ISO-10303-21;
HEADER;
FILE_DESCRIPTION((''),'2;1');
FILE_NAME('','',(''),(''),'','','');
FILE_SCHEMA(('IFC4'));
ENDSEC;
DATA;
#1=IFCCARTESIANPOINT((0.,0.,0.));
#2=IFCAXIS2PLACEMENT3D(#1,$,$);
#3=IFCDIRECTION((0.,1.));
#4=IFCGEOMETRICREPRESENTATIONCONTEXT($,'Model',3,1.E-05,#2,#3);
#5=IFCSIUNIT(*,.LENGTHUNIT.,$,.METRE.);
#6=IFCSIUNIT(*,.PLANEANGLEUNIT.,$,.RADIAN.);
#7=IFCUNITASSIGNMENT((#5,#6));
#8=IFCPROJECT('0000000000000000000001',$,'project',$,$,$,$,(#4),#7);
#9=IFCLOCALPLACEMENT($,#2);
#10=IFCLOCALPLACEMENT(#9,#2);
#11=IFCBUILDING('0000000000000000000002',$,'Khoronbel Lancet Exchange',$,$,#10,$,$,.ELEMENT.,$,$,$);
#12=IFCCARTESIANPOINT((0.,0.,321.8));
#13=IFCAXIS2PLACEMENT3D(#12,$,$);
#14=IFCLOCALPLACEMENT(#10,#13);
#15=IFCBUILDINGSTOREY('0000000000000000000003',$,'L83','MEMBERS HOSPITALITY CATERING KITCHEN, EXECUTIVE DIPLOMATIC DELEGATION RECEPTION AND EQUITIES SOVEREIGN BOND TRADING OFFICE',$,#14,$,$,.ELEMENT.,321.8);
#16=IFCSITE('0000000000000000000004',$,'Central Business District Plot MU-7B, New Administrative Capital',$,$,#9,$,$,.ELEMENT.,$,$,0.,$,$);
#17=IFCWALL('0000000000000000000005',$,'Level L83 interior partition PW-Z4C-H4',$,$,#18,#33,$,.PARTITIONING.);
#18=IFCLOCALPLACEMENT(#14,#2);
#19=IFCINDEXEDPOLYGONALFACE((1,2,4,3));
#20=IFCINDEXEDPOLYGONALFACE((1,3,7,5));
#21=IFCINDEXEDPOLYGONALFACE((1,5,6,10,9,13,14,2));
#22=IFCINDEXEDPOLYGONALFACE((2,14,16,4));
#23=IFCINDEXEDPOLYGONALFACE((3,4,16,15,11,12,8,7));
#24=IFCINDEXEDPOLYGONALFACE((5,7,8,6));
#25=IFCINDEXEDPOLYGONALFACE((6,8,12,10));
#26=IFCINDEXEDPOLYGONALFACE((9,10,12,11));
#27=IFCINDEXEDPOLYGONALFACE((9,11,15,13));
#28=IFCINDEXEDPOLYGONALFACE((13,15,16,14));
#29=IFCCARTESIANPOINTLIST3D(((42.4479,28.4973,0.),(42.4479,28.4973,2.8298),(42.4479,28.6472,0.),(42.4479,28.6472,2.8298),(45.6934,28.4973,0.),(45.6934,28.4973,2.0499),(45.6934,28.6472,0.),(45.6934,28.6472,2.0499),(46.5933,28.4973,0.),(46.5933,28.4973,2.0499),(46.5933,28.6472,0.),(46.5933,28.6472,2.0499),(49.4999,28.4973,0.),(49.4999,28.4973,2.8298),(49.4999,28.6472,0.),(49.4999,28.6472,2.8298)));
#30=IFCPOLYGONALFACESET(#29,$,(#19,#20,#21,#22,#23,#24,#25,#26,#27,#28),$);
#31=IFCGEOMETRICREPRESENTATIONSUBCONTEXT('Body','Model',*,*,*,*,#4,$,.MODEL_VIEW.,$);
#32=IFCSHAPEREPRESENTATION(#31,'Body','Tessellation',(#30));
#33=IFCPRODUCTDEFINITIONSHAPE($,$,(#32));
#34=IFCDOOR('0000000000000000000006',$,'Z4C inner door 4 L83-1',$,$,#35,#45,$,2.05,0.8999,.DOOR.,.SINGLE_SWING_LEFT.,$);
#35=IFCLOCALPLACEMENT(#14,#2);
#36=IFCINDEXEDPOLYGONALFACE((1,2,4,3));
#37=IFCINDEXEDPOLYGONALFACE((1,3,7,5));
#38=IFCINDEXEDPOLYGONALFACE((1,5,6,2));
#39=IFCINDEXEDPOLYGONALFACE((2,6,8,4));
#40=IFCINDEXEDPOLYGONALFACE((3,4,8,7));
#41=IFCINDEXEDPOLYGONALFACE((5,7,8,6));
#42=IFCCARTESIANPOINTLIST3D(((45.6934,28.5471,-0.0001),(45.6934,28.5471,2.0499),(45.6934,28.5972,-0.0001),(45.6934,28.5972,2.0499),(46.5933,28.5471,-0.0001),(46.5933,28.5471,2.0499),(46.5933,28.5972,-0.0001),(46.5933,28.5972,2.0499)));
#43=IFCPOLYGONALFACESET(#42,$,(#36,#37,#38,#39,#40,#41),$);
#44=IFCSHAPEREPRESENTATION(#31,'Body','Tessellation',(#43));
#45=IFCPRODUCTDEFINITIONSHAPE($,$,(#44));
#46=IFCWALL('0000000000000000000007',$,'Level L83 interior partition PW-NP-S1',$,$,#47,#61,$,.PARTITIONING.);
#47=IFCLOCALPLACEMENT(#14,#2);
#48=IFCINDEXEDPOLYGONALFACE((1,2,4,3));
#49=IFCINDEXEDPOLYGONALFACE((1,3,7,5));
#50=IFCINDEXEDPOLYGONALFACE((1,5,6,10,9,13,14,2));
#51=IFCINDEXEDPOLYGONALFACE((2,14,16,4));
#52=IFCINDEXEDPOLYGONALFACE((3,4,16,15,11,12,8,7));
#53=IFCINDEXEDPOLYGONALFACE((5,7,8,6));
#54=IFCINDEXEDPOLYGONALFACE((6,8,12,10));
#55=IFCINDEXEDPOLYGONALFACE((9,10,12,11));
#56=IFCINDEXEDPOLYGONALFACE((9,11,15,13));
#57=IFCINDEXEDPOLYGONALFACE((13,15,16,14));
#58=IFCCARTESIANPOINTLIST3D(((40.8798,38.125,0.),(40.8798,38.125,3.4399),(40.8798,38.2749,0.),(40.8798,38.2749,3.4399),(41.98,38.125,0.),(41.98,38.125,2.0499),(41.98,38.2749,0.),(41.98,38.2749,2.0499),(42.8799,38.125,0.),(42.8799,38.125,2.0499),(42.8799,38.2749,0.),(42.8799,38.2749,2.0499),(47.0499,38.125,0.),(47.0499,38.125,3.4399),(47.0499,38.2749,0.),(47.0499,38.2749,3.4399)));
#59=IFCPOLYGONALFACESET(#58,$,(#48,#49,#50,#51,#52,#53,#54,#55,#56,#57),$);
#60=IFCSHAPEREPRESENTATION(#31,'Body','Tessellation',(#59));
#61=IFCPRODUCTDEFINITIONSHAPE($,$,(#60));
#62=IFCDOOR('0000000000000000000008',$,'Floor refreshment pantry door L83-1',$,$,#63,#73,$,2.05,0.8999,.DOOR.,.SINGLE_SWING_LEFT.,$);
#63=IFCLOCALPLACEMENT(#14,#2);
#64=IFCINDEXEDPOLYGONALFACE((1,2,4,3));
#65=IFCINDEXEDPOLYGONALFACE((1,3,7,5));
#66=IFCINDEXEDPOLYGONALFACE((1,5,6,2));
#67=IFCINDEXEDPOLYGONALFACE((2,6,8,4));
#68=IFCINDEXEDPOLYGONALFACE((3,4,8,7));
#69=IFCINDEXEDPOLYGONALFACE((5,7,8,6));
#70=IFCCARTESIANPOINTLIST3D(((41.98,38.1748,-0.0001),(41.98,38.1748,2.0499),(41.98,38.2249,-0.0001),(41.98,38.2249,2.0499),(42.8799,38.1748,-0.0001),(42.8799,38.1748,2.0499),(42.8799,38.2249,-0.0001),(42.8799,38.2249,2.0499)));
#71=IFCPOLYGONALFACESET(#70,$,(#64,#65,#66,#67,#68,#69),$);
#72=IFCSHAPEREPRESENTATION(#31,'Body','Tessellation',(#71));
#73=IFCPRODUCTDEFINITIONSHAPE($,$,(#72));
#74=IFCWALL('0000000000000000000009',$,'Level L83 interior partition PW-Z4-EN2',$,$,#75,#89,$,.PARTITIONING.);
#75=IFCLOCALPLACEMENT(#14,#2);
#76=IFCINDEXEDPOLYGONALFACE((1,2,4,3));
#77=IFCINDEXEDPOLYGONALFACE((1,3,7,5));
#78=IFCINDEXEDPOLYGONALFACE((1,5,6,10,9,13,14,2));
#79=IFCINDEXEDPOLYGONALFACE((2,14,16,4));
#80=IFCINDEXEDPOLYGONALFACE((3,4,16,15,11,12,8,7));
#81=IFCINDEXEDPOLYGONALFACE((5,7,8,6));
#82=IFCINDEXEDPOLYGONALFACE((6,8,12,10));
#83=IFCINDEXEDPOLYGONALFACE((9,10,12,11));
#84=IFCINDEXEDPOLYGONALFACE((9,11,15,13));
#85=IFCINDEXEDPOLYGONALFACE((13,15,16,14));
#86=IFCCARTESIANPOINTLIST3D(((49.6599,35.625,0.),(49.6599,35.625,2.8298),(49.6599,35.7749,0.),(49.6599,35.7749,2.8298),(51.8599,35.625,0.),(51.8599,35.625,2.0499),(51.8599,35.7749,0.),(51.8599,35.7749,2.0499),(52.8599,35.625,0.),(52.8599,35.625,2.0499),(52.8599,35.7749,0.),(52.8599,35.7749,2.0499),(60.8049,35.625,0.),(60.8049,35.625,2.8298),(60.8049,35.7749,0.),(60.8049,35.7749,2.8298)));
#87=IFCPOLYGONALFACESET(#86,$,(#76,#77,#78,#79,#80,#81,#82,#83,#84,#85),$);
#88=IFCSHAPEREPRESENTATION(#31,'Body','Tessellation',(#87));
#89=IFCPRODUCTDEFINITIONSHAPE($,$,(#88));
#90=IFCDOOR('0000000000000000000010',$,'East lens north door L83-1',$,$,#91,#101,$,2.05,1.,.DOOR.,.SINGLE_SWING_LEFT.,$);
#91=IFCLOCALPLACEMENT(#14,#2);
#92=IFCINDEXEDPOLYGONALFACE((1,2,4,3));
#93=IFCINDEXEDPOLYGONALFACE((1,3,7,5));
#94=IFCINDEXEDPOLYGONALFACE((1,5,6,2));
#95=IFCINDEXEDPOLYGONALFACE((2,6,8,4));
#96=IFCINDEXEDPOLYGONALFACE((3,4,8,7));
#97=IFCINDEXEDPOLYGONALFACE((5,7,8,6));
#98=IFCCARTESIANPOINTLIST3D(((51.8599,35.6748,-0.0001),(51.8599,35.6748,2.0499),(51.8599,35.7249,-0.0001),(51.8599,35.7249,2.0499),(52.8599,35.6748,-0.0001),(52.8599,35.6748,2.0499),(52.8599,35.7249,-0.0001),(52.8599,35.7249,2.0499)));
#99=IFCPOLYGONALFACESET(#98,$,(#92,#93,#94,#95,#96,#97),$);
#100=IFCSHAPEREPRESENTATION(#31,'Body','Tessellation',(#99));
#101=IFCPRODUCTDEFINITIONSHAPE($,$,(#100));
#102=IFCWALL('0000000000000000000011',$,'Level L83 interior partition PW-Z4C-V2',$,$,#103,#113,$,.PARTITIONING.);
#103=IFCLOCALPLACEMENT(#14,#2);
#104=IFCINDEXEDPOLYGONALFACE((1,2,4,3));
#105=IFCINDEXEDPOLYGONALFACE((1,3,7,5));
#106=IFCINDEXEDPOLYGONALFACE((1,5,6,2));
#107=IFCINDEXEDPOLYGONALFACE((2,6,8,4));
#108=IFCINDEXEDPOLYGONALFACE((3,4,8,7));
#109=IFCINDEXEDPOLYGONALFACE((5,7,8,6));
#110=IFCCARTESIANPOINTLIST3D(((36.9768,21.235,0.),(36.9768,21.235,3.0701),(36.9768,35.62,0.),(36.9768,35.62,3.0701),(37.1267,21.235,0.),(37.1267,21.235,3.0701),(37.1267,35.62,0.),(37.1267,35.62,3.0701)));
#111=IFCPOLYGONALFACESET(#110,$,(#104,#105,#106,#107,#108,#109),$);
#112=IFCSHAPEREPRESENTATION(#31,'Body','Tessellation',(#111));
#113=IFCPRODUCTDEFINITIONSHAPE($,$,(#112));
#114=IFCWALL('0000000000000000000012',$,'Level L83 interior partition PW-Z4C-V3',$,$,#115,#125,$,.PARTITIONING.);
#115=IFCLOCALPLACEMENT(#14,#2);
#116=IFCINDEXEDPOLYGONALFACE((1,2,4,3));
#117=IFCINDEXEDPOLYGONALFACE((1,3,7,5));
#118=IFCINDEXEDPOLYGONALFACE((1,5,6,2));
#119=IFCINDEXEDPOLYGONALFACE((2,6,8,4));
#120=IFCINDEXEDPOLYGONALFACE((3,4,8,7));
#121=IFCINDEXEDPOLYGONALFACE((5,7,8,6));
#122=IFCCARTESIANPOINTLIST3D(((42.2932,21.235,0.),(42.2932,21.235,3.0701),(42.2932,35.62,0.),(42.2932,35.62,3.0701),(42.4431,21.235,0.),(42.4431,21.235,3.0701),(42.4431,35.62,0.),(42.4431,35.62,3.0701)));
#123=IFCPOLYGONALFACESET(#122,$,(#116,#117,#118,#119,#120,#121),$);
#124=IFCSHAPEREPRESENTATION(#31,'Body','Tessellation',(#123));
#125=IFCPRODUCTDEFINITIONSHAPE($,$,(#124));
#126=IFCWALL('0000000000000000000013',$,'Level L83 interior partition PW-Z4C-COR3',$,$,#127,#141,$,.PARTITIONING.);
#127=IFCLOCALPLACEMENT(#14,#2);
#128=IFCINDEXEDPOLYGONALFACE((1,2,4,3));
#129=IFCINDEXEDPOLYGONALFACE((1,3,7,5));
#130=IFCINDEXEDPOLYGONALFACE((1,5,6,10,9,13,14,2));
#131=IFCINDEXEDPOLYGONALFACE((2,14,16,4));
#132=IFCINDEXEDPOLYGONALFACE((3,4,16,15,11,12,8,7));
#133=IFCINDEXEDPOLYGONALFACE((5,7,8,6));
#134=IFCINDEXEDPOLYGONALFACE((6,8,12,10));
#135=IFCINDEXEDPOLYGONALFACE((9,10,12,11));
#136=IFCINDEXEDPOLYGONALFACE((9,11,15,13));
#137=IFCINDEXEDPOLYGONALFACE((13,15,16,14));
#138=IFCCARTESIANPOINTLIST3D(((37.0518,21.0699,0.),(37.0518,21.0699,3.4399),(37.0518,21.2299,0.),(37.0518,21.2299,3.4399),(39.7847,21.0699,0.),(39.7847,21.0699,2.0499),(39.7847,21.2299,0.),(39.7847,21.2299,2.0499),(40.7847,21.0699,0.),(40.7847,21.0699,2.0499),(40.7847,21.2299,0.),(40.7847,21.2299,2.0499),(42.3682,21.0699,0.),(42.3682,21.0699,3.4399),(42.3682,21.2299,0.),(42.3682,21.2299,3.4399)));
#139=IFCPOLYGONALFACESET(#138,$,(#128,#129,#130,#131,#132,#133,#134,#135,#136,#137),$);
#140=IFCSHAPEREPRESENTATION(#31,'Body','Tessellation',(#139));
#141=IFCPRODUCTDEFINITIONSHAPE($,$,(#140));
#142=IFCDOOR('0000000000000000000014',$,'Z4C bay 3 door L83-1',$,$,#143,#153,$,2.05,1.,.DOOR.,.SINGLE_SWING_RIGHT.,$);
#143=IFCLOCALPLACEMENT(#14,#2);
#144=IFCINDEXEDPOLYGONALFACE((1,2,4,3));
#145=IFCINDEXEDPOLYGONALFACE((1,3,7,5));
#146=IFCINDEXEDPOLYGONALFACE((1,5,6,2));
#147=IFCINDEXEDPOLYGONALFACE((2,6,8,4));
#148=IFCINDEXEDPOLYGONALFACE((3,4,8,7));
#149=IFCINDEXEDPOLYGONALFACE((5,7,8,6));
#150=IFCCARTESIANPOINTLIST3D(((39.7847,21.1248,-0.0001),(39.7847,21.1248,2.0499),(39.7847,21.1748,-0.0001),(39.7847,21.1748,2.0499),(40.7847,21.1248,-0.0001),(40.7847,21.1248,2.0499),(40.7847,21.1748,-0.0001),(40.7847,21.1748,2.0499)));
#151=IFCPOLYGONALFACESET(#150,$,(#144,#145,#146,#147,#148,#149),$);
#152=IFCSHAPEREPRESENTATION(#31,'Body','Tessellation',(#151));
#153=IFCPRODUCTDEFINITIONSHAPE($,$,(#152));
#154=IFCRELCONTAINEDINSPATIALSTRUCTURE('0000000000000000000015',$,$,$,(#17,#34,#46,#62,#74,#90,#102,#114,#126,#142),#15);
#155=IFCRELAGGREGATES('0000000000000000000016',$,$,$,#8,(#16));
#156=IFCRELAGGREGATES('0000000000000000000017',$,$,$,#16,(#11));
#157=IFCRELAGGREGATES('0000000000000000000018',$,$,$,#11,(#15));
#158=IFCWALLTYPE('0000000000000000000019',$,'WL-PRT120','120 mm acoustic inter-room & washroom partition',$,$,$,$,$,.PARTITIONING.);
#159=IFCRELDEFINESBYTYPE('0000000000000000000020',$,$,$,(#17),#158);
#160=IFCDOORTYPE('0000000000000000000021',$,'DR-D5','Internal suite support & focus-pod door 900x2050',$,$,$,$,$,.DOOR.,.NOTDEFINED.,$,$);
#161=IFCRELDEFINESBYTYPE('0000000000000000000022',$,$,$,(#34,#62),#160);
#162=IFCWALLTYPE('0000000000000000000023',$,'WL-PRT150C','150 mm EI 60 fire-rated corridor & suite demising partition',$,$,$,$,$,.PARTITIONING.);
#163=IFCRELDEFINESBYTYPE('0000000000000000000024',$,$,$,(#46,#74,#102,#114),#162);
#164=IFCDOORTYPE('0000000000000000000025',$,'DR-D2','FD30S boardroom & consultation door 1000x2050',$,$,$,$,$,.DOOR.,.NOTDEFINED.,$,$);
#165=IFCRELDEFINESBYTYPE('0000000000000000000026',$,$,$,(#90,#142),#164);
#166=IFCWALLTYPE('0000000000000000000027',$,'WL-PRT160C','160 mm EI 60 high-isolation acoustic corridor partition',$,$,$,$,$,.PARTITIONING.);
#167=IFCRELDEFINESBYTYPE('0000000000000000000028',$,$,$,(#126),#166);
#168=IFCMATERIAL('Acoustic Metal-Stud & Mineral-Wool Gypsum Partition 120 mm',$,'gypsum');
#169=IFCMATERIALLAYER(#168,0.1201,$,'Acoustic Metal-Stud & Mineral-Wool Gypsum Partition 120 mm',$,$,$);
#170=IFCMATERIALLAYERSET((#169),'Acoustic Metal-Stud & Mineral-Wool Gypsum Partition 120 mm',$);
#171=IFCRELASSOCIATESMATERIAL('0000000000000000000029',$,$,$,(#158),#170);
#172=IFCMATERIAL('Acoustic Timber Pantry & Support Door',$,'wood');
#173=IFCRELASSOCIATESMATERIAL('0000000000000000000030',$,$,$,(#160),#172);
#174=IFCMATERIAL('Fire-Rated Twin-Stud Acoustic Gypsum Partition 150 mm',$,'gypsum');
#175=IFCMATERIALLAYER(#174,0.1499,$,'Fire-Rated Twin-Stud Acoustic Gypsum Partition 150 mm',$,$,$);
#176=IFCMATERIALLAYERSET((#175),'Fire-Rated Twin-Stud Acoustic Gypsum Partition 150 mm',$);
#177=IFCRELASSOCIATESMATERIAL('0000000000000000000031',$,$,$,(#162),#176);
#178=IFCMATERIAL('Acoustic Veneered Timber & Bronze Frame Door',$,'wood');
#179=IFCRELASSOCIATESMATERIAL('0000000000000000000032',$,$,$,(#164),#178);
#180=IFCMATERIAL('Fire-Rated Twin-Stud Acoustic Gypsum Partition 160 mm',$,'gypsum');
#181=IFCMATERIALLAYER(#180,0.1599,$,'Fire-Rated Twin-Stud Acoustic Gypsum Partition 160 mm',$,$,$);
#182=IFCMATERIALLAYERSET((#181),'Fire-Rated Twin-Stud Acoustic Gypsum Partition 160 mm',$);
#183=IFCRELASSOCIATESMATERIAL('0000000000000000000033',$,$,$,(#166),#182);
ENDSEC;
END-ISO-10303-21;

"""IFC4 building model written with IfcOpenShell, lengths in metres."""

from ifc_helpers import new_model, si_unit, direction, frame, frame_2d, origin, place, context, subcontext, project, spatial, rectangle, extrude, material, layer, layer_set, type_object, element, fill, save


model = new_model("IFC4")

# Units and contexts
model_context = context("Model", 3, precision=1e-05, world=origin(), true_north=direction((0.0, 1.0)))
body_context = subcontext(model_context, "Body", "Model", "MODEL_VIEW")
ifc_project = project(units=[si_unit("LENGTHUNIT", "METRE"), si_unit("PLANEANGLEUNIT", "RADIAN")], contexts=[model_context])

# Site, building, storey
site_placement = place(None, origin())
site = spatial("IfcSite", under=ifc_project, at=site_placement, Name="Central Business District Plot MU-7B, New Administrative Capital", CompositionType="ELEMENT", RefElevation=0.0)
building_placement = place(site_placement, origin())
building = spatial("IfcBuilding", under=site, at=building_placement, Name="Khoronbel Lancet Exchange", CompositionType="ELEMENT")
storey_placement = place(building_placement, frame((0.0, 0.0, 321.8)))
storey = spatial("IfcBuildingStorey", under=building, at=storey_placement, Name="L83", Description="MEMBERS HOSPITALITY CATERING KITCHEN, EXECUTIVE DIPLOMATIC DELEGATION RECEPTION AND EQUITIES SOVEREIGN BOND TRADING OFFICE", CompositionType="ELEMENT", Elevation=321.8)

# Walls, openings, doors
ifc_material_1 = material(Name="Acoustic Metal-Stud & Mineral-Wool Gypsum Partition 120 mm", Category="gypsum")
ifc_layer_1 = layer(ifc_material_1, 0.1201, Name="Acoustic Metal-Stud & Mineral-Wool Gypsum Partition 120 mm")
ifc_layer_set_1 = layer_set([ifc_layer_1], Name="Acoustic Metal-Stud & Mineral-Wool Gypsum Partition 120 mm")
wall_type_1 = type_object("IfcWallType", Name="WL-PRT120", Description="120 mm acoustic inter-room & washroom partition", PredefinedType="PARTITIONING", material=ifc_layer_set_1)
ifc_material_2 = material(Name="Acoustic Timber Pantry & Support Door", Category="wood")
door_type_1 = type_object("IfcDoorType", Name="DR-D5", Description="Internal suite support & focus-pod door 900x2050", OperationType="NOTDEFINED", PredefinedType="DOOR", material=ifc_material_2)
wall_1_placement = place(storey_placement, frame((42.448, 28.5723, 0.0), z_axis=(0.0, 0.0, 1.0), x_axis=(1.0, 0.0, 0.0)))
wall_1 = element("IfcWall", 1, at=wall_1_placement, inside=storey, type_object=wall_type_1, Name="Level L83 interior partition PW-Z4C-H4", PredefinedType="PARTITIONING", context=body_context, shape_type="SweptSolid", body=[
    extrude(rectangle(XDim=7.052, YDim=0.1499, at=frame_2d((3.5259, 0.0))), origin(), (0.0, 0.0, 1.0), 2.8298),
])
opening_1_placement = place(wall_1_placement, frame((3.2454, 0.0, 0.0)))
opening_1 = element("IfcOpeningElement", 2, at=opening_1_placement, cuts=wall_1, PredefinedType="OPENING", context=body_context, shape_type="SweptSolid", body=[
    extrude(rectangle(XDim=0.8999, YDim=2.05, at=frame_2d((0.45, 1.0249))), frame((0.0, 0.085, 0.0), z_axis=(0.0, -1.0, 0.0), x_axis=(1.0, 0.0, 0.0)), (0.0, 0.0, 1.0), 0.1699),
])
door_1_placement = place(opening_1_placement, origin())
door_1 = element("IfcDoor", 3, at=door_1_placement, inside=storey, type_object=door_type_1, Name="Z4C inner door 4 L83-1", OperationType="SINGLE_SWING_LEFT", OverallHeight=2.05, OverallWidth=0.8999, PredefinedType="DOOR", context=body_context, shape_type="SweptSolid", body=[
    extrude(rectangle(XDim=0.8999, YDim=2.05, at=frame_2d((0.45, 1.0249))), frame((0.0, 0.0249, 0.0), z_axis=(0.0, -1.0, 0.0), x_axis=(1.0, 0.0, 0.0)), (0.0, 0.0, 1.0), 0.05),
])
fill(opening_1, door_1)
ifc_material_3 = material(Name="Fire-Rated Twin-Stud Acoustic Gypsum Partition 150 mm", Category="gypsum")
ifc_layer_2 = layer(ifc_material_3, 0.1499, Name="Fire-Rated Twin-Stud Acoustic Gypsum Partition 150 mm")
ifc_layer_set_2 = layer_set([ifc_layer_2], Name="Fire-Rated Twin-Stud Acoustic Gypsum Partition 150 mm")
wall_type_2 = type_object("IfcWallType", Name="WL-PRT150C", Description="150 mm EI 60 fire-rated corridor & suite demising partition", PredefinedType="PARTITIONING", material=ifc_layer_set_2)
wall_2_placement = place(storey_placement, frame((40.8799, 38.2, 0.0), z_axis=(0.0, 0.0, 1.0), x_axis=(1.0, 0.0, 0.0)))
wall_2 = element("IfcWall", 4, at=wall_2_placement, inside=storey, type_object=wall_type_2, Name="Level L83 interior partition PW-NP-S1", PredefinedType="PARTITIONING", context=body_context, shape_type="SweptSolid", body=[
    extrude(rectangle(XDim=6.1702, YDim=0.1499, at=frame_2d((3.085, 0.0))), origin(), (0.0, 0.0, 1.0), 3.4399),
])
opening_2_placement = place(wall_2_placement, frame((1.1001, 0.0, 0.0)))
opening_2 = element("IfcOpeningElement", 5, at=opening_2_placement, cuts=wall_2, PredefinedType="OPENING", context=body_context, shape_type="SweptSolid", body=[
    extrude(rectangle(XDim=0.8999, YDim=2.05, at=frame_2d((0.45, 1.0249))), frame((0.0, 0.085, 0.0), z_axis=(0.0, -1.0, 0.0), x_axis=(1.0, 0.0, 0.0)), (0.0, 0.0, 1.0), 0.1699),
])
door_2_placement = place(opening_2_placement, origin())
door_2 = element("IfcDoor", 6, at=door_2_placement, inside=storey, type_object=door_type_1, Name="Floor refreshment pantry door L83-1", OperationType="SINGLE_SWING_LEFT", OverallHeight=2.05, OverallWidth=0.8999, PredefinedType="DOOR", context=body_context, shape_type="SweptSolid", body=[
    extrude(rectangle(XDim=0.8999, YDim=2.05, at=frame_2d((0.45, 1.0249))), frame((0.0, 0.0249, 0.0), z_axis=(0.0, -1.0, 0.0), x_axis=(1.0, 0.0, 0.0)), (0.0, 0.0, 1.0), 0.05),
])
fill(opening_2, door_2)
wall_3_placement = place(storey_placement, frame((49.6599, 35.7, 0.0), z_axis=(0.0, 0.0, 1.0), x_axis=(1.0, 0.0, 0.0)))
wall_3 = element("IfcWall", 7, at=wall_3_placement, inside=storey, type_object=wall_type_2, Name="Level L83 interior partition PW-Z4-EN2", PredefinedType="PARTITIONING", context=body_context, shape_type="SweptSolid", body=[
    extrude(rectangle(XDim=11.145, YDim=0.1499, at=frame_2d((5.5725, 0.0))), origin(), (0.0, 0.0, 1.0), 2.8298),
])
opening_3_placement = place(wall_3_placement, frame((2.2, 0.0, 0.0)))
opening_3 = element("IfcOpeningElement", 8, at=opening_3_placement, cuts=wall_3, PredefinedType="OPENING", context=body_context, shape_type="SweptSolid", body=[
    extrude(rectangle(XDim=1.0, YDim=2.05, at=frame_2d((0.5, 1.0249))), frame((0.0, 0.085, 0.0), z_axis=(0.0, -1.0, 0.0), x_axis=(1.0, 0.0, 0.0)), (0.0, 0.0, 1.0), 0.1699),
])
ifc_material_4 = material(Name="Acoustic Veneered Timber & Bronze Frame Door", Category="wood")
door_type_2 = type_object("IfcDoorType", Name="DR-D2", Description="FD30S boardroom & consultation door 1000x2050", OperationType="NOTDEFINED", PredefinedType="DOOR", material=ifc_material_4)
door_3_placement = place(opening_3_placement, origin())
door_3 = element("IfcDoor", 9, at=door_3_placement, inside=storey, type_object=door_type_2, Name="East lens north door L83-1", OperationType="SINGLE_SWING_LEFT", OverallHeight=2.05, OverallWidth=1.0, PredefinedType="DOOR", context=body_context, shape_type="SweptSolid", body=[
    extrude(rectangle(XDim=1.0, YDim=2.05, at=frame_2d((0.5, 1.0249))), frame((0.0, 0.0249, 0.0), z_axis=(0.0, -1.0, 0.0), x_axis=(1.0, 0.0, 0.0)), (0.0, 0.0, 1.0), 0.05),
])
fill(opening_3, door_3)

# Walls
for number, where, z_axis, x_axis, name in (
    (10, (37.0518, 21.2351, 0.0), (0.0, 0.0, 1.0), (0.0, 1.0, 0.0), "Level L83 interior partition PW-Z4C-V2"),
    (11, (42.3682, 21.2351, 0.0), (0.0, 0.0, 1.0), (0.0, 1.0, 0.0), "Level L83 interior partition PW-Z4C-V3"),
):
    element("IfcWall", number, at=place(storey_placement, frame(where, z_axis=z_axis, x_axis=x_axis)), inside=storey, type_object=wall_type_2, Name=name, PredefinedType="PARTITIONING", context=body_context, shape_type="SweptSolid", body=[
        extrude(rectangle(XDim=14.385, YDim=0.1499, at=frame_2d((7.1924, 0.0))), origin(), (0.0, 0.0, 1.0), 3.0701),
    ])

# Wall, opening, door
ifc_material_5 = material(Name="Fire-Rated Twin-Stud Acoustic Gypsum Partition 160 mm", Category="gypsum")
ifc_layer_3 = layer(ifc_material_5, 0.1599, Name="Fire-Rated Twin-Stud Acoustic Gypsum Partition 160 mm")
ifc_layer_set_3 = layer_set([ifc_layer_3], Name="Fire-Rated Twin-Stud Acoustic Gypsum Partition 160 mm")
wall_type_3 = type_object("IfcWallType", Name="WL-PRT160C", Description="160 mm EI 60 high-isolation acoustic corridor partition", PredefinedType="PARTITIONING", material=ifc_layer_set_3)
wall_4_placement = place(storey_placement, frame((37.0518, 21.1499, 0.0), z_axis=(0.0, 0.0, 1.0), x_axis=(1.0, 0.0, 0.0)))
wall_4 = element("IfcWall", 12, at=wall_4_placement, inside=storey, type_object=wall_type_3, Name="Level L83 interior partition PW-Z4C-COR3", PredefinedType="PARTITIONING", context=body_context, shape_type="SweptSolid", body=[
    extrude(rectangle(XDim=5.3164, YDim=0.1599, at=frame_2d((2.6582, 0.0))), origin(), (0.0, 0.0, 1.0), 3.4399),
])
opening_4_placement = place(wall_4_placement, frame((2.7329, 0.0, 0.0)))
opening_4 = element("IfcOpeningElement", 13, at=opening_4_placement, cuts=wall_4, PredefinedType="OPENING", context=body_context, shape_type="SweptSolid", body=[
    extrude(rectangle(XDim=1.0, YDim=2.05, at=frame_2d((0.5, 1.0249))), frame((0.0, 0.0898, 0.0), z_axis=(0.0, -1.0, 0.0), x_axis=(1.0, 0.0, 0.0)), (0.0, 0.0, 1.0), 0.1799),
])
door_4_placement = place(opening_4_placement, origin())
door_4 = element("IfcDoor", 14, at=door_4_placement, inside=storey, type_object=door_type_2, Name="Z4C bay 3 door L83-1", OperationType="SINGLE_SWING_RIGHT", OverallHeight=2.05, OverallWidth=1.0, PredefinedType="DOOR", context=body_context, shape_type="SweptSolid", body=[
    extrude(rectangle(XDim=1.0, YDim=2.05, at=frame_2d((0.5, 1.0249))), frame((0.0, 0.0249, 0.0), z_axis=(0.0, -1.0, 0.0), x_axis=(1.0, 0.0, 0.0)), (0.0, 0.0, 1.0), 0.05),
])
fill(opening_4, door_4)

save(model, "model.ifc")
